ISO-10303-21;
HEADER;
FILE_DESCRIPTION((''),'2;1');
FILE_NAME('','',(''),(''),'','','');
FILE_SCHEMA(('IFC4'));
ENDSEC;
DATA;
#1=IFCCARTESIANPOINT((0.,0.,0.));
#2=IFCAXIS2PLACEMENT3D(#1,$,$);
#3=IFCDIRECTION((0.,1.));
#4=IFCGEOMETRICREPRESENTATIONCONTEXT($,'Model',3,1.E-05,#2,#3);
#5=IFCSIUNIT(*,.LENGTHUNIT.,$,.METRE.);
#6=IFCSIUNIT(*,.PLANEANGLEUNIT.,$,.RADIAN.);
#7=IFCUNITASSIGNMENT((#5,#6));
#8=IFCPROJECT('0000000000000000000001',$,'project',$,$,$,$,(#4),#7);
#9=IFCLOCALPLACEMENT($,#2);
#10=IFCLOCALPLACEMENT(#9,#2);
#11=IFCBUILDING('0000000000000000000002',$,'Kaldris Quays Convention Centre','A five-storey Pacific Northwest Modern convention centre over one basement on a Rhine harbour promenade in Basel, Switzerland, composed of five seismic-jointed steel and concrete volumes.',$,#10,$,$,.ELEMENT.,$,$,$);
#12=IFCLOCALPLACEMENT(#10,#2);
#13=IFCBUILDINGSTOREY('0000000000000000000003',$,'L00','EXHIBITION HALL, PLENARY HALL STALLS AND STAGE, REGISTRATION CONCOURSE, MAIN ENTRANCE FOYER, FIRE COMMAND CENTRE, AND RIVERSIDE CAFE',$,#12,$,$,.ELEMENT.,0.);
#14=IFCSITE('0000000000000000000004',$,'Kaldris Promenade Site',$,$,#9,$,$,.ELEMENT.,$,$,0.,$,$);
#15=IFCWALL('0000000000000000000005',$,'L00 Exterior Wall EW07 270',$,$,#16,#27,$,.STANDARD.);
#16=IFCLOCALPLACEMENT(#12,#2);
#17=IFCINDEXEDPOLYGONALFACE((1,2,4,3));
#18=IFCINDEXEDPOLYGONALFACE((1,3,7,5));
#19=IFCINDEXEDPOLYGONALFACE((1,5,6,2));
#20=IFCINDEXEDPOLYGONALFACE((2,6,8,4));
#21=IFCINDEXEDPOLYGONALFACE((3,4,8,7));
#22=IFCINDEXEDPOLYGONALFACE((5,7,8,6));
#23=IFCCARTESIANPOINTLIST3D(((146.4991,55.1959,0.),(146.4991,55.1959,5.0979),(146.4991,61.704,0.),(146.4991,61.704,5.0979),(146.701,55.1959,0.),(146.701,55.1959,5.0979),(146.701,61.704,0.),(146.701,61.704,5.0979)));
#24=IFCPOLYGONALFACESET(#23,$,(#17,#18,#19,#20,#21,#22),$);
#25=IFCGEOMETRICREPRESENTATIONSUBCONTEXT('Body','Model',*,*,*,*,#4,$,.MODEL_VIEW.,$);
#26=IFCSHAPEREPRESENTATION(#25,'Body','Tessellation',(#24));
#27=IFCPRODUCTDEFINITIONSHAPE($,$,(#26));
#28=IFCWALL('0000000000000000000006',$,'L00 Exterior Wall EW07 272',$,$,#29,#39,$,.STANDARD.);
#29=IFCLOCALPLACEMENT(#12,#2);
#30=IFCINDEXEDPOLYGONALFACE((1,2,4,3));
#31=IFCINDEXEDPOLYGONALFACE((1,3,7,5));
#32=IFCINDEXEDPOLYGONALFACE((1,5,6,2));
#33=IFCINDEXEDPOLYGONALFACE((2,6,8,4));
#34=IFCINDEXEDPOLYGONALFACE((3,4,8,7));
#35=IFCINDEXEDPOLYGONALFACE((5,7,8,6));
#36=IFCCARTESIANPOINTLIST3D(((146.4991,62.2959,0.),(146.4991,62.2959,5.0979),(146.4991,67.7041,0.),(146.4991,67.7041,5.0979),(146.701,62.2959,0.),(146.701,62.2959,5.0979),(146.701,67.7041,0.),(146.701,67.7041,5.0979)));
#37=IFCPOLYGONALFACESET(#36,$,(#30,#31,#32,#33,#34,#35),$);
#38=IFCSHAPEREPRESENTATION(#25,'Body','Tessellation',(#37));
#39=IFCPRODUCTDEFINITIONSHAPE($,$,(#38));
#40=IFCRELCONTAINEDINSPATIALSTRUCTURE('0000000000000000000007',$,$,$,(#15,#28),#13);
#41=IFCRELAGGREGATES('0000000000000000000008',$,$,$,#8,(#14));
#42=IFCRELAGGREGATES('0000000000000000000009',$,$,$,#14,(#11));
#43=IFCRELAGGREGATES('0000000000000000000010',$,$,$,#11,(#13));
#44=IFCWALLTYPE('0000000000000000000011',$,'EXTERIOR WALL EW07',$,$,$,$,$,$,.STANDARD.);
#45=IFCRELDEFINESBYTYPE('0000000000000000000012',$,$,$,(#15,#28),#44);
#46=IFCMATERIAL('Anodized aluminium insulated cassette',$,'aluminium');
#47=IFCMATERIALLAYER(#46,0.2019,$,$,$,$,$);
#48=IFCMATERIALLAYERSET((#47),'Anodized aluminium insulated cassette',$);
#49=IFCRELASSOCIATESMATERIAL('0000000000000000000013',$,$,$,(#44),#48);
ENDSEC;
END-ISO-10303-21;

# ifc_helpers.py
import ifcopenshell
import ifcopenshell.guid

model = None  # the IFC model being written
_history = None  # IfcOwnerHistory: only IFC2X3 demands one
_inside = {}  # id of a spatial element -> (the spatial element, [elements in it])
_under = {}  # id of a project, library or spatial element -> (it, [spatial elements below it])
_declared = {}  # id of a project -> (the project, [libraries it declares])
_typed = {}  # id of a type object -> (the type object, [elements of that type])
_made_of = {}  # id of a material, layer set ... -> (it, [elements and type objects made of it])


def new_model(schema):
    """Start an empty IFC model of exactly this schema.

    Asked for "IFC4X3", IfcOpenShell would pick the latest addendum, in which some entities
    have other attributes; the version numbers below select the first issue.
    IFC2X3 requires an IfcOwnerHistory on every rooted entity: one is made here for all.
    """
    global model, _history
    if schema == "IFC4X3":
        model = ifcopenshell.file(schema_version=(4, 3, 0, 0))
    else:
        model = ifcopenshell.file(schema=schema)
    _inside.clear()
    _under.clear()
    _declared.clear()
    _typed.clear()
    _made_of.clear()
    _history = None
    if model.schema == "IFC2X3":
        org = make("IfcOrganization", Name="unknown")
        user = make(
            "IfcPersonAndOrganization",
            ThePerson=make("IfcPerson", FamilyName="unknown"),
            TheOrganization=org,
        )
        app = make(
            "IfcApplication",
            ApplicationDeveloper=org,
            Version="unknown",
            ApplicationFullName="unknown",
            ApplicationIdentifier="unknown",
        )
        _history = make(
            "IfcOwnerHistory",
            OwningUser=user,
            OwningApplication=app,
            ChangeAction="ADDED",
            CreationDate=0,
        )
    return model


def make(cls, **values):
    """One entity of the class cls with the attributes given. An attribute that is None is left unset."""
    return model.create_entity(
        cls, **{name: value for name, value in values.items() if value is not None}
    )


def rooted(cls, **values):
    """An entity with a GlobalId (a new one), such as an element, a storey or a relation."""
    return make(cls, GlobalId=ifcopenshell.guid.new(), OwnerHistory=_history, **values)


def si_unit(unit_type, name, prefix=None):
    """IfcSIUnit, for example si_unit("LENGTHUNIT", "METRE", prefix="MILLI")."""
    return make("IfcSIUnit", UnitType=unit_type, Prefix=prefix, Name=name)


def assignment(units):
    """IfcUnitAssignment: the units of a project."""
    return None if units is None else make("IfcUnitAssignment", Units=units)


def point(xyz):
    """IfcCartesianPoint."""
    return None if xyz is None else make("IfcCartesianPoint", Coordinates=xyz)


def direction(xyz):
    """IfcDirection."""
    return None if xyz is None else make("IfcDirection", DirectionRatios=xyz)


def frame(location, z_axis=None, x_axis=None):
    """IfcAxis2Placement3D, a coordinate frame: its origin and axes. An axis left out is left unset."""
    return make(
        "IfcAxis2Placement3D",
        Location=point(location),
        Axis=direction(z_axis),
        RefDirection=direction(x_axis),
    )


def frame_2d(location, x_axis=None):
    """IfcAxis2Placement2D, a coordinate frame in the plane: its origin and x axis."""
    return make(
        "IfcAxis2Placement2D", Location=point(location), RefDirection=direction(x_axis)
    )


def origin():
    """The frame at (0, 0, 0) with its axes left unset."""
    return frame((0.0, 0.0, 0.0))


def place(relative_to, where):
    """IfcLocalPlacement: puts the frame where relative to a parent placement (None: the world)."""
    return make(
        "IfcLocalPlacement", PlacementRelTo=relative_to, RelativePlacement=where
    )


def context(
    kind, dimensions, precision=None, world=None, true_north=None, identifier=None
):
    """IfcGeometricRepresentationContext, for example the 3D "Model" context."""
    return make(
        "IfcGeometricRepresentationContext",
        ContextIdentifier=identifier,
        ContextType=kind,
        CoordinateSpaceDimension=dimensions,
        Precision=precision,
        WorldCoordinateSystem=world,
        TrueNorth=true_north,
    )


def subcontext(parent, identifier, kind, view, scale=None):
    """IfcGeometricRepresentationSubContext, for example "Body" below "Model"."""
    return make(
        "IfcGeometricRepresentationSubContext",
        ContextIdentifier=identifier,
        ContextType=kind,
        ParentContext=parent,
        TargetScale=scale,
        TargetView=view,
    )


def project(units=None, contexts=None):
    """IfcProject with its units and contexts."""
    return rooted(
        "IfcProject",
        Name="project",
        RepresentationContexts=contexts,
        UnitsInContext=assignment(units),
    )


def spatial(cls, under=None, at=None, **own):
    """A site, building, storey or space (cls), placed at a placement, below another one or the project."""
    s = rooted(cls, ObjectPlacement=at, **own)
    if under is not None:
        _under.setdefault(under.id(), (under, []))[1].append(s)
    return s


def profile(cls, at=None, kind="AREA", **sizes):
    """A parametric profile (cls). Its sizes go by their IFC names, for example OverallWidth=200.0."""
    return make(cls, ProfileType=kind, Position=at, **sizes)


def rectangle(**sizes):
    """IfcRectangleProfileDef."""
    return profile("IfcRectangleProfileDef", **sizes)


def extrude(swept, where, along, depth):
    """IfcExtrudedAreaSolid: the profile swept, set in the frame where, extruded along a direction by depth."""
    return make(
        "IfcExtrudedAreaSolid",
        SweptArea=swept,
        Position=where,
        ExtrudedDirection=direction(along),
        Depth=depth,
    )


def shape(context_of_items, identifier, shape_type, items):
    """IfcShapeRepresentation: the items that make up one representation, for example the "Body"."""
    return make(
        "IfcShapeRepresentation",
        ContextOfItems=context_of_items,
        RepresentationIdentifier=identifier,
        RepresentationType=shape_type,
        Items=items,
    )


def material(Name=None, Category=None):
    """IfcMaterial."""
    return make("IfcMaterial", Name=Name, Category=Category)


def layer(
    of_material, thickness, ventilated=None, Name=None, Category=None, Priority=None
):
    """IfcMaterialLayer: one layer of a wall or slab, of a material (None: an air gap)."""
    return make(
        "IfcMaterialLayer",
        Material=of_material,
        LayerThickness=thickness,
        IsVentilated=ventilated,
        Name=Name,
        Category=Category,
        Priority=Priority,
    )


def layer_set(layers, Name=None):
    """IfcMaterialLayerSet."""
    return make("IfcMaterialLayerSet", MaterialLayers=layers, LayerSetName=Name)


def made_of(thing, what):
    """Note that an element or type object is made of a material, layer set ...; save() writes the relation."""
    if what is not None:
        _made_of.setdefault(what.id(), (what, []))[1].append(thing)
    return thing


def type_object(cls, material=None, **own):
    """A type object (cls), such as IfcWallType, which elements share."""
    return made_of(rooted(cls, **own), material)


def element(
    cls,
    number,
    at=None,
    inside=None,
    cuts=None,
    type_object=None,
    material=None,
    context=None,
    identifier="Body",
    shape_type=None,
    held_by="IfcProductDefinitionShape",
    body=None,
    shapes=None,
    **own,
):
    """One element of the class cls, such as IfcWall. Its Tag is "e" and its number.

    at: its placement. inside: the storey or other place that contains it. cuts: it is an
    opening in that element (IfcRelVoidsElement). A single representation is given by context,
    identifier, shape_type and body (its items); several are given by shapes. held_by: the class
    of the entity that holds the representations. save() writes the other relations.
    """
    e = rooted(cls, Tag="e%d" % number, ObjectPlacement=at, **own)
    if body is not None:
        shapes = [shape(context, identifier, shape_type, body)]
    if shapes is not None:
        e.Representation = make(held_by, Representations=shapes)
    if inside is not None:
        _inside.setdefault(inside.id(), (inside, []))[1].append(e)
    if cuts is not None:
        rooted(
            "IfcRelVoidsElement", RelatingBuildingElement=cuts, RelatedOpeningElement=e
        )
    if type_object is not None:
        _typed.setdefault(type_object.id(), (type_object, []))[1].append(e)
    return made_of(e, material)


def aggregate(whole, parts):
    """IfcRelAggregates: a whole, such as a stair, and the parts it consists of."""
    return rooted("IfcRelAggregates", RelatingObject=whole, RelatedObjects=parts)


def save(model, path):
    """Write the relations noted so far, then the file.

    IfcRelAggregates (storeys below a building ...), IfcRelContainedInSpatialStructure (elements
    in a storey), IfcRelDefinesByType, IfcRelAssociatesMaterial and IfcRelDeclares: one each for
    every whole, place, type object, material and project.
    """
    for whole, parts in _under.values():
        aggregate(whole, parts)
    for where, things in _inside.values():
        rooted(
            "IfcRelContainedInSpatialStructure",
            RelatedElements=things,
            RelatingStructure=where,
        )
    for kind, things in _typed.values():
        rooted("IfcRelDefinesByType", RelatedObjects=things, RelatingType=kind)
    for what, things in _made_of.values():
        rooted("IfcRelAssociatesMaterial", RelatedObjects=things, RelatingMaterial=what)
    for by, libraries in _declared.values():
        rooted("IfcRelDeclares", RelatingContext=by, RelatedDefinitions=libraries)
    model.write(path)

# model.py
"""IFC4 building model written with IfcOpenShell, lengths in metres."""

from ifc_helpers import new_model, si_unit, direction, frame, frame_2d, origin, place, context, subcontext, project, spatial, rectangle, extrude, material, layer, layer_set, type_object, element, save


model = new_model("IFC4")

# Units and contexts
model_context = context("Model", 3, precision=1e-05, world=origin(), true_north=direction((0.0, 1.0)))
body_context = subcontext(model_context, "Body", "Model", "MODEL_VIEW")
ifc_project = project(units=[si_unit("LENGTHUNIT", "METRE"), si_unit("PLANEANGLEUNIT", "RADIAN")], contexts=[model_context])

# Site, building, storey
site_placement = place(None, origin())
site = spatial("IfcSite", under=ifc_project, at=site_placement, Name="Kaldris Promenade Site", CompositionType="ELEMENT", RefElevation=0.0)
building_placement = place(site_placement, origin())
building = spatial("IfcBuilding", under=site, at=building_placement, Name="Kaldris Quays Convention Centre", Description="A five-storey Pacific Northwest Modern convention centre over one basement on a Rhine harbour promenade in Basel, Switzerland, composed of five seismic-jointed steel and concrete volumes.", CompositionType="ELEMENT")
storey_placement = place(building_placement, origin())
storey = spatial("IfcBuildingStorey", under=building, at=storey_placement, Name="L00", Description="EXHIBITION HALL, PLENARY HALL STALLS AND STAGE, REGISTRATION CONCOURSE, MAIN ENTRANCE FOYER, FIRE COMMAND CENTRE, AND RIVERSIDE CAFE", CompositionType="ELEMENT", Elevation=0.0)

# Walls
ifc_material_1 = material(Name="Anodized aluminium insulated cassette", Category="aluminium")
ifc_layer = layer(ifc_material_1, 0.2019)
ifc_layer_set = layer_set([ifc_layer], Name="Anodized aluminium insulated cassette")
wall_type = type_object("IfcWallType", Name="EXTERIOR WALL EW07", PredefinedType="STANDARD", material=ifc_layer_set)
wall_1_placement = place(storey_placement, frame((146.6001, 55.196, 0.0), z_axis=(0.0, 0.0, 1.0), x_axis=(0.0, 1.0, 0.0)))
element("IfcWall", 1, at=wall_1_placement, inside=storey, type_object=wall_type, Name="L00 Exterior Wall EW07 270", PredefinedType="STANDARD", context=body_context, shape_type="SweptSolid", body=[
    extrude(rectangle(XDim=6.5081, YDim=0.2019, at=frame_2d((3.2539, 0.0))), origin(), (0.0, 0.0, 1.0), 5.0979),
])
wall_2_placement = place(storey_placement, frame((146.6001, 62.2959, 0.0), z_axis=(0.0, 0.0, 1.0), x_axis=(0.0, 1.0, 0.0)))
element("IfcWall", 2, at=wall_2_placement, inside=storey, type_object=wall_type, Name="L00 Exterior Wall EW07 272", PredefinedType="STANDARD", context=body_context, shape_type="SweptSolid", body=[
    extrude(rectangle(XDim=5.4082, YDim=0.2019, at=frame_2d((2.7041, 0.0))), origin(), (0.0, 0.0, 1.0), 5.0979),
])

save(model, "model.ifc")
